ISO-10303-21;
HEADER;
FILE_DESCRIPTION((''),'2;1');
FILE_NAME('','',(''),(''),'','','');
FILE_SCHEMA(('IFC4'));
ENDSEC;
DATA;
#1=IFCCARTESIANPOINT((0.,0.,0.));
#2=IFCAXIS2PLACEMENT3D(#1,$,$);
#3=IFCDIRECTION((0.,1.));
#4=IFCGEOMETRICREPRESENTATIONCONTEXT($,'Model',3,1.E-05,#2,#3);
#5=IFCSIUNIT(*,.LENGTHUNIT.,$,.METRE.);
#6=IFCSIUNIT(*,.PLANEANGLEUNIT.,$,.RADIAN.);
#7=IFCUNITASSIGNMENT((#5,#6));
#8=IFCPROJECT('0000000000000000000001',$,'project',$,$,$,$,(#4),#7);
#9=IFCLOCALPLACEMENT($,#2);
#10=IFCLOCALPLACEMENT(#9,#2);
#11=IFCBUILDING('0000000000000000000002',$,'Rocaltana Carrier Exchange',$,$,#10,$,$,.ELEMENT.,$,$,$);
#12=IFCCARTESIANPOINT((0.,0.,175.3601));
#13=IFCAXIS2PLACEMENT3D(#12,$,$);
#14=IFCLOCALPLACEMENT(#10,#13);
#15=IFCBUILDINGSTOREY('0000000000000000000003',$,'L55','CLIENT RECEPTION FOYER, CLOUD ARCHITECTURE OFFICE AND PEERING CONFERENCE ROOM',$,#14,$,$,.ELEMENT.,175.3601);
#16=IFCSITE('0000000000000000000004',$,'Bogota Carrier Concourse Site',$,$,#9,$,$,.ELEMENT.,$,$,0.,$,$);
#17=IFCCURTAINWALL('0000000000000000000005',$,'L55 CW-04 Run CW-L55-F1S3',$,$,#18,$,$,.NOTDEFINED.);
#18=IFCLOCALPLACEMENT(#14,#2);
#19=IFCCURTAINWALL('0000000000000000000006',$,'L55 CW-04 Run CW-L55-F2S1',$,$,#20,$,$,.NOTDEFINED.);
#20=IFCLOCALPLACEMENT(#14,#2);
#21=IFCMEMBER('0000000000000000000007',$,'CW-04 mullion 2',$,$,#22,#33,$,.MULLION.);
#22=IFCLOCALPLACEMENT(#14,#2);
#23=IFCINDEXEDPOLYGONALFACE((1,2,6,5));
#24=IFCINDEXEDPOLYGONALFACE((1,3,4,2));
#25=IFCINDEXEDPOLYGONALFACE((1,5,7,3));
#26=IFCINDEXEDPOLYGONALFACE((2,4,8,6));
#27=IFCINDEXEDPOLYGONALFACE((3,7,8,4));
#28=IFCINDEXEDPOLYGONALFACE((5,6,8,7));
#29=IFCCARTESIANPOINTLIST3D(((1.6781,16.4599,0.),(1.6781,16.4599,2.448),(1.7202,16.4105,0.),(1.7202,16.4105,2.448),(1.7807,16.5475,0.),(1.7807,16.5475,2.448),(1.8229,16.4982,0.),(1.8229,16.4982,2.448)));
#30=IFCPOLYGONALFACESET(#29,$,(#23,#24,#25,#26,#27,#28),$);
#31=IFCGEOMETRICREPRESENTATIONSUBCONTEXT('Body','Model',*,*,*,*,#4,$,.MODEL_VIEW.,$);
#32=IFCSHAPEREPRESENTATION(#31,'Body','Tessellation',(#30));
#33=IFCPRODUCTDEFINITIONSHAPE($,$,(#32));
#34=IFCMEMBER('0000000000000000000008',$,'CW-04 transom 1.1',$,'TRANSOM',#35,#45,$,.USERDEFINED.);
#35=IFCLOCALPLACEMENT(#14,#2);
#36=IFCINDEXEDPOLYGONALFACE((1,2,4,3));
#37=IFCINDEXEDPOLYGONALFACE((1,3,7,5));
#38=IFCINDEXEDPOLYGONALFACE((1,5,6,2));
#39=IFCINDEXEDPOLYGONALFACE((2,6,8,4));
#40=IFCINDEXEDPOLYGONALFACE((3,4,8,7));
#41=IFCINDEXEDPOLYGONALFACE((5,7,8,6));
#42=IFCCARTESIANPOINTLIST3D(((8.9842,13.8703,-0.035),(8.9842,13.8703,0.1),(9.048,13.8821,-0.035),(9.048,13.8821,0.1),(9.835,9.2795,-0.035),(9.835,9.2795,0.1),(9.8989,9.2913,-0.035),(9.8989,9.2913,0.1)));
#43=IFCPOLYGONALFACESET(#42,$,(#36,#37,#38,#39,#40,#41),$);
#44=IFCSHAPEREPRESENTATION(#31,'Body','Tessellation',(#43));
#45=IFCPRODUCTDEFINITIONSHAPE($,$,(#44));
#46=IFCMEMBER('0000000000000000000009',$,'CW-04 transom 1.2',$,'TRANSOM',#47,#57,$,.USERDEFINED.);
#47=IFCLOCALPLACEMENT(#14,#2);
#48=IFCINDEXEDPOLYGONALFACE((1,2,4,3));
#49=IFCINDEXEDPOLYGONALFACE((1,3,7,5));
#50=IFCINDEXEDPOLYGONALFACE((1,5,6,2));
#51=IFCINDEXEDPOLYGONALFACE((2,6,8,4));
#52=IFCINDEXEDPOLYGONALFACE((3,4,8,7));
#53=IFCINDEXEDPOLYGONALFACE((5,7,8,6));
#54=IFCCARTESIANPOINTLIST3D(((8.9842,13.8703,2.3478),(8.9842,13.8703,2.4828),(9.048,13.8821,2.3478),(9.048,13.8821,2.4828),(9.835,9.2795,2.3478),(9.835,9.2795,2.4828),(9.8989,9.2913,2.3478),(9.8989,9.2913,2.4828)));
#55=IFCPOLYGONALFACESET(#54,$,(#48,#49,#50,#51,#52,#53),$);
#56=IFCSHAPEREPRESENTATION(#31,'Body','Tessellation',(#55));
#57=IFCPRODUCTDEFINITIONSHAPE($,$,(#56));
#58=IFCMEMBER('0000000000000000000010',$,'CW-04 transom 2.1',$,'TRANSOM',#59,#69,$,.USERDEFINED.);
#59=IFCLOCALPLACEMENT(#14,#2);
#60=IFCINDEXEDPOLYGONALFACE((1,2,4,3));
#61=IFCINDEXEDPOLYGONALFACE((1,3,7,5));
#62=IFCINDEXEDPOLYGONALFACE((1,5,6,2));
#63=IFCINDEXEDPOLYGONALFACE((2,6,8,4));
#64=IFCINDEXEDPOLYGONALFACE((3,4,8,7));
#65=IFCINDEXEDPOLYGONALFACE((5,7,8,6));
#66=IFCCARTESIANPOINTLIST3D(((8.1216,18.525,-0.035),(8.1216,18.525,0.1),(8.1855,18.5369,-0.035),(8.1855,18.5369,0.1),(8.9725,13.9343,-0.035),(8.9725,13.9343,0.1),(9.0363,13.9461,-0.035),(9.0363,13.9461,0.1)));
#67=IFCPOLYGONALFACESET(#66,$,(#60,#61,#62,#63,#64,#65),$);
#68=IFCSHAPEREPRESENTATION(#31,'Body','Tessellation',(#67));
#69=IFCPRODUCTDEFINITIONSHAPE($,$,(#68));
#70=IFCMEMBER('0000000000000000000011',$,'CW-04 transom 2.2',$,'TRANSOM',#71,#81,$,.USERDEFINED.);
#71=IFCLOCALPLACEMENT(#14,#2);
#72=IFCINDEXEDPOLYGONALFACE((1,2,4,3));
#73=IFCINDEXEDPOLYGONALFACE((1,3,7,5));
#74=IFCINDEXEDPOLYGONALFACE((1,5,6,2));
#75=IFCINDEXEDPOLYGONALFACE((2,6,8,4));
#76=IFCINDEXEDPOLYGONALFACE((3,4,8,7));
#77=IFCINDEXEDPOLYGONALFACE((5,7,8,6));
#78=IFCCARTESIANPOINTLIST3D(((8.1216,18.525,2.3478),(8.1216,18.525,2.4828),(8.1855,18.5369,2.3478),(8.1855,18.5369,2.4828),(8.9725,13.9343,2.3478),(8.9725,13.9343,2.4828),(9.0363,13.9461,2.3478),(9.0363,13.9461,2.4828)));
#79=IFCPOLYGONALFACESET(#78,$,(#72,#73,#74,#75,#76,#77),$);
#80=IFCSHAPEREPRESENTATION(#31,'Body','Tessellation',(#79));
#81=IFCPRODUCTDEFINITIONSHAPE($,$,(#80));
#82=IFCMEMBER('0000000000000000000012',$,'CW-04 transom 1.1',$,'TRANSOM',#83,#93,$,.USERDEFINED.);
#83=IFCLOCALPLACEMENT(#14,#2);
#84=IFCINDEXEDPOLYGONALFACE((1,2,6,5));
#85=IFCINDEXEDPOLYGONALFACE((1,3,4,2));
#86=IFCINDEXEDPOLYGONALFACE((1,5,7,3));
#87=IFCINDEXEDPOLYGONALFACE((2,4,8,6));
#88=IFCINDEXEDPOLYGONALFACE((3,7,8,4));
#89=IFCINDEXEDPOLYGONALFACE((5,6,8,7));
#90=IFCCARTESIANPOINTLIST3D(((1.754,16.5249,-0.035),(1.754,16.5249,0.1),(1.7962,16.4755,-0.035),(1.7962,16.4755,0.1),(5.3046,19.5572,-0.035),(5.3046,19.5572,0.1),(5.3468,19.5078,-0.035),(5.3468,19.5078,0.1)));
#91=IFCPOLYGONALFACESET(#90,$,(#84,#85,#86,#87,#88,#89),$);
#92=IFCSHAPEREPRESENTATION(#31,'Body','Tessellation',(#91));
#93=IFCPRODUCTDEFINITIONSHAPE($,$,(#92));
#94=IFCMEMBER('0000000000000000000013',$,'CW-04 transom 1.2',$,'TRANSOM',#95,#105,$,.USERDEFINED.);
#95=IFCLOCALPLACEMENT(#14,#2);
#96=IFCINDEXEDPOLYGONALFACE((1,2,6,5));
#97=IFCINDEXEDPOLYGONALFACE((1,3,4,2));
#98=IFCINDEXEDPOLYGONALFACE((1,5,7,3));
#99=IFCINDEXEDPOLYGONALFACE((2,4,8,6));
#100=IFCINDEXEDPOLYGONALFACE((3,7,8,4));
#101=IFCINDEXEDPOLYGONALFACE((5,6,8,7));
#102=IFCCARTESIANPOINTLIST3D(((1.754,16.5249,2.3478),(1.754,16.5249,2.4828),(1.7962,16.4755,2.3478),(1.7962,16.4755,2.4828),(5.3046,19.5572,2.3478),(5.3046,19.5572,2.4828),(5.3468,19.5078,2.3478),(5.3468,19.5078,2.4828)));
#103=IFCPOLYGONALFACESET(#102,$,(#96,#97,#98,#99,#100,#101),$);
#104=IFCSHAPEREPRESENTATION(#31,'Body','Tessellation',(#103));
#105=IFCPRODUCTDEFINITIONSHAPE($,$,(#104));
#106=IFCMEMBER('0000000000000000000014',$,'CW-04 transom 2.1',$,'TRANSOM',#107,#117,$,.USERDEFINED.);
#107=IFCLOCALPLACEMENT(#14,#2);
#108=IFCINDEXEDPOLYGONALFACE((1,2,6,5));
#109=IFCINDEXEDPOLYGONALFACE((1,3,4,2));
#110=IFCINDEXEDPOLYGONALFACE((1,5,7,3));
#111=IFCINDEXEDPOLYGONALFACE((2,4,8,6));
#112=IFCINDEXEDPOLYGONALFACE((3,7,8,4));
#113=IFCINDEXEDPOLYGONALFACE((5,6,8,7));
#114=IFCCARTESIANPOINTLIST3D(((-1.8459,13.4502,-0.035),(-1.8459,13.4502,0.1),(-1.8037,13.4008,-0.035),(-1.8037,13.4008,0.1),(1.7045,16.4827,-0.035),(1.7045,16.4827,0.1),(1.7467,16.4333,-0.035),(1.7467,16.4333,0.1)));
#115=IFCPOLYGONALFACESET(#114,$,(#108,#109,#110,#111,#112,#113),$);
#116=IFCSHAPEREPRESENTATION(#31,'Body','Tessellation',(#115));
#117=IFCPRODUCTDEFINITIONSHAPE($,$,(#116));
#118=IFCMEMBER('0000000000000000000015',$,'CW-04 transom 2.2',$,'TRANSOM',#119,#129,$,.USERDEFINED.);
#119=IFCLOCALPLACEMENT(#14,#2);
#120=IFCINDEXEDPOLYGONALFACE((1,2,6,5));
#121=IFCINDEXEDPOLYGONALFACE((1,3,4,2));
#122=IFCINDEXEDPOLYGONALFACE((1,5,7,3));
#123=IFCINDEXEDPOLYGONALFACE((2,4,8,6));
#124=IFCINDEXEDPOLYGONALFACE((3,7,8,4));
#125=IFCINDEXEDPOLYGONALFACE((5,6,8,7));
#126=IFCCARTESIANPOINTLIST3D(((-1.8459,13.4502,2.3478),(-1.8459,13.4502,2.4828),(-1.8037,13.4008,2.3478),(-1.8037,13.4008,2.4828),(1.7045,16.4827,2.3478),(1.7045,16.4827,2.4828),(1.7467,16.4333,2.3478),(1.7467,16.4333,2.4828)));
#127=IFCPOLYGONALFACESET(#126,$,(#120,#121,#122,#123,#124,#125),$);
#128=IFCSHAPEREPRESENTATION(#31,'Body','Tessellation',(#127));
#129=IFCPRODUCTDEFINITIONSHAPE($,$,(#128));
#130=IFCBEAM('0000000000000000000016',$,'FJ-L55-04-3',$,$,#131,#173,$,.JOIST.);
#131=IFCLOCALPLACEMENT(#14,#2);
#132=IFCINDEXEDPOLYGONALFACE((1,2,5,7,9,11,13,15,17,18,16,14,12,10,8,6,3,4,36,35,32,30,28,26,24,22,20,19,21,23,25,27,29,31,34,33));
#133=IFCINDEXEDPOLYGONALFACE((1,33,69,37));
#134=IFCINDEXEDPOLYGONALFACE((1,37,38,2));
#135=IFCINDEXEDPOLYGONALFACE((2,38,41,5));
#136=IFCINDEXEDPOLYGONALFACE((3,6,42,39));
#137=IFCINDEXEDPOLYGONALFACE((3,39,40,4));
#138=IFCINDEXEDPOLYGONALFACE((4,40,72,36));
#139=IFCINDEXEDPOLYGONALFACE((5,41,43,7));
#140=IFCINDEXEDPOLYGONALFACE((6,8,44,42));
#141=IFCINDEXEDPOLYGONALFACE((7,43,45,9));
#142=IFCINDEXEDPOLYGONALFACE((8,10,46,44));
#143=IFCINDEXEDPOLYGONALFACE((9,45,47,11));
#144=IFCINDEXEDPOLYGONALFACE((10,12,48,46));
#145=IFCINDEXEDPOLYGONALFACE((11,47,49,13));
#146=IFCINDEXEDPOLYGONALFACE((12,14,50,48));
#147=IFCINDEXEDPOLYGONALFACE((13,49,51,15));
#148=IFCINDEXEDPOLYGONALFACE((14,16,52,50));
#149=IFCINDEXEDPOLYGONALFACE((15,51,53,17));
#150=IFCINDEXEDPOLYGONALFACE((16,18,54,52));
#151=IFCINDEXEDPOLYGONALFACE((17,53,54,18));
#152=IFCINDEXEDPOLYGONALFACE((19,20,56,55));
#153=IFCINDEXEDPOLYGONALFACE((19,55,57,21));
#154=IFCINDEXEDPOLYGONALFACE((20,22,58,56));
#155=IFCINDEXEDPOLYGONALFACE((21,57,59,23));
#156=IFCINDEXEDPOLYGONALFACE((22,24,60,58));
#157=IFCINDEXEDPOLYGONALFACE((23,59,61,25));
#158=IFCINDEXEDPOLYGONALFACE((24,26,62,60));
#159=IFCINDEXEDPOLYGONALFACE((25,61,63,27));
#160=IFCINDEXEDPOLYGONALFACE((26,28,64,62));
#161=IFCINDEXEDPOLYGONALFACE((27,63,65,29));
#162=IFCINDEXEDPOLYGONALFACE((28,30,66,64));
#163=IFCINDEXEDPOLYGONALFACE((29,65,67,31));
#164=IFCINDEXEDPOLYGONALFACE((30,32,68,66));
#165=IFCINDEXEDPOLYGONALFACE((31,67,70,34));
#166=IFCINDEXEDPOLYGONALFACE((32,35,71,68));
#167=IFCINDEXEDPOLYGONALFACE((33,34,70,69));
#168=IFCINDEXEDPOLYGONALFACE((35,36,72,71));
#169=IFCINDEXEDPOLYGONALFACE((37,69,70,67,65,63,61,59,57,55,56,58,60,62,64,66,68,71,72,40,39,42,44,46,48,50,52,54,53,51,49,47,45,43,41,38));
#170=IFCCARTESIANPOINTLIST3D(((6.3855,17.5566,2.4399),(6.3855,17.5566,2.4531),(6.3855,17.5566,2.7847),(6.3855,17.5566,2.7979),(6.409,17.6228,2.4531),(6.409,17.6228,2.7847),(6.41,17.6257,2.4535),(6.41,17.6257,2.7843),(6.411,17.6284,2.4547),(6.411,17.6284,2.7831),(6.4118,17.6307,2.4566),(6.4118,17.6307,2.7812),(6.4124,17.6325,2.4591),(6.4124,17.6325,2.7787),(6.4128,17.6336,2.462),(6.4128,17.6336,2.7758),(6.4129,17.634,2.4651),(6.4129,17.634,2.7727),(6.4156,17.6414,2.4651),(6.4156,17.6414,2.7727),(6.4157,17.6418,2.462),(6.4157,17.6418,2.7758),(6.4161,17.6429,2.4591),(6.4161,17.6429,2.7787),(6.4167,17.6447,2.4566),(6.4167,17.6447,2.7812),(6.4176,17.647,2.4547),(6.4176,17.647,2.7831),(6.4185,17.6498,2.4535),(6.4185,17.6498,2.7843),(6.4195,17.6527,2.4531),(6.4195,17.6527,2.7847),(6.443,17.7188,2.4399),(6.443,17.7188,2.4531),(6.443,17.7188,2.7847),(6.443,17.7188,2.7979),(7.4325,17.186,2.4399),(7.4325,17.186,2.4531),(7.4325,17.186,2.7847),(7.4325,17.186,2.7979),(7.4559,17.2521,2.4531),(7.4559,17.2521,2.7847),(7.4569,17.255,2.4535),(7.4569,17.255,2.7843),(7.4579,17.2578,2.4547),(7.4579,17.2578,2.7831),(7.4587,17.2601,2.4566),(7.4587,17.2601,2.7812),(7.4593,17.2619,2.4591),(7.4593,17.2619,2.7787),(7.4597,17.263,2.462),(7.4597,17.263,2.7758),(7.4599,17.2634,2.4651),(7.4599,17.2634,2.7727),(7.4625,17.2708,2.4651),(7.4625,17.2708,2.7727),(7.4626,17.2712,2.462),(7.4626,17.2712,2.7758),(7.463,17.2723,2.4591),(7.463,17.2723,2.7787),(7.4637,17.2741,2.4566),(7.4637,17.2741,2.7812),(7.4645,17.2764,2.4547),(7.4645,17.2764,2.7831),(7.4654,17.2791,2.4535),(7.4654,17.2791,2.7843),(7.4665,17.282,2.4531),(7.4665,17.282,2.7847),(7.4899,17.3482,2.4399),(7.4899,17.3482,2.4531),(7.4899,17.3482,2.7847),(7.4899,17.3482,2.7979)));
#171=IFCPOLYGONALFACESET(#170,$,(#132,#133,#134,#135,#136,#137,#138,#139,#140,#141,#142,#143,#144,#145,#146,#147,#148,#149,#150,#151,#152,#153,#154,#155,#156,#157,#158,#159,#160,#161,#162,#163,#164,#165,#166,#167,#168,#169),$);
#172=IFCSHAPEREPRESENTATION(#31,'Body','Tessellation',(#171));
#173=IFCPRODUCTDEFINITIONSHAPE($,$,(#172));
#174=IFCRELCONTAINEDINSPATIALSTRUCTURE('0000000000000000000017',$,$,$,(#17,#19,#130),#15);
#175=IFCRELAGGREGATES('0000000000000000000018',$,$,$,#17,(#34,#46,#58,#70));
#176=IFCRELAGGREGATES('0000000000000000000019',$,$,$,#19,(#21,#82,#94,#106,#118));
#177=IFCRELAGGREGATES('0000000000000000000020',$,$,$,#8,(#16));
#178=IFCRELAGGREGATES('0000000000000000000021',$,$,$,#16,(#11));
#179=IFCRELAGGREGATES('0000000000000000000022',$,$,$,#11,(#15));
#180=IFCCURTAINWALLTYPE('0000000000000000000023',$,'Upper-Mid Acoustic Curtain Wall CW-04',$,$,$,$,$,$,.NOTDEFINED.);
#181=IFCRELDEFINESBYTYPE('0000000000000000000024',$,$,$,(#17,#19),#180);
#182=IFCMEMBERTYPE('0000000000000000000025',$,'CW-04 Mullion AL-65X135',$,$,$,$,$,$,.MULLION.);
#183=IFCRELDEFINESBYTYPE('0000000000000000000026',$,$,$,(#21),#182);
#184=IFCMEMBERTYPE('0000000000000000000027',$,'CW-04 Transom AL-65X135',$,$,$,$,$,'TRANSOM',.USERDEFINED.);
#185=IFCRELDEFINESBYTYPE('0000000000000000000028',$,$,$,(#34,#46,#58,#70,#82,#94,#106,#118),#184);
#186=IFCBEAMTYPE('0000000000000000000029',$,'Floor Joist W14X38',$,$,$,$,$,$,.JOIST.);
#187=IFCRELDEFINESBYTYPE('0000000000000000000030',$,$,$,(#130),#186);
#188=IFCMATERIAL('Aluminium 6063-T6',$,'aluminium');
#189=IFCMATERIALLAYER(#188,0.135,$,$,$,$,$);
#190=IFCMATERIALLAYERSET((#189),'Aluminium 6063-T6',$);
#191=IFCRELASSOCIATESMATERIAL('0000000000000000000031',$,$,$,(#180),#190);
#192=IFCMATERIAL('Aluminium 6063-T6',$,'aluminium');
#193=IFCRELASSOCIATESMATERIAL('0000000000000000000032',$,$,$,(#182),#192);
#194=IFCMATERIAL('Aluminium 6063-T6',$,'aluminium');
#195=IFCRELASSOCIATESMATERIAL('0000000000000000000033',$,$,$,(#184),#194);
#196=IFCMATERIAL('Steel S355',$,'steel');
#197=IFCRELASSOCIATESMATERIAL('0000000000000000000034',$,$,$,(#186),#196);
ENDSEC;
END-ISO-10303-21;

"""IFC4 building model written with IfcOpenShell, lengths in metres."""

from ifc_helpers import new_model, si_unit, direction, frame, origin, origin_2d, place, context, subcontext, project, spatial, rectangle, i_section, extrude, material, layer, layer_set, material_profile, profile_set, type_object, element, aggregate, save


model = new_model("IFC4")

# Units and contexts
model_context = context("Model", 3, precision=1e-05, world=origin(), true_north=direction((0.0, 1.0)))
body_context = subcontext(model_context, "Body", "Model", "MODEL_VIEW")
ifc_project = project(units=[si_unit("LENGTHUNIT", "METRE"), si_unit("PLANEANGLEUNIT", "RADIAN")], contexts=[model_context])

# Site, building, storey
site_placement = place(None, origin())
site = spatial("IfcSite", under=ifc_project, at=site_placement, Name="Bogota Carrier Concourse Site", CompositionType="ELEMENT", RefElevation=0.0)
building_placement = place(site_placement, origin())
building = spatial("IfcBuilding", under=site, at=building_placement, Name="Rocaltana Carrier Exchange", CompositionType="ELEMENT")
storey_placement = place(building_placement, frame((0.0, 0.0, 175.3601)))
storey = spatial("IfcBuildingStorey", under=building, at=storey_placement, Name="L55", Description="CLIENT RECEPTION FOYER, CLOUD ARCHITECTURE OFFICE AND PEERING CONFERENCE ROOM", CompositionType="ELEMENT", Elevation=175.3601)

# Curtain walls, member
ifc_material_1 = material(Name="Aluminium 6063-T6", Category="aluminium")
ifc_layer_1 = layer(ifc_material_1, 0.135)
ifc_layer_set_1 = layer_set([ifc_layer_1], Name="Aluminium 6063-T6")
curtain_wall_type = type_object("IfcCurtainWallType", Name="Upper-Mid Acoustic Curtain Wall CW-04", PredefinedType="NOTDEFINED", material=ifc_layer_set_1)
curtain_wall_1_placement = place(storey_placement, origin())
curtain_wall_1 = element("IfcCurtainWall", 1, at=curtain_wall_1_placement, inside=storey, type_object=curtain_wall_type, Name="L55 CW-04 Run CW-L55-F1S3", PredefinedType="NOTDEFINED")
ifc_material_2 = material(Name="Aluminium 6063-T6", Category="aluminium")
ifc_material_profile_1 = material_profile(ifc_material_2, rectangle(XDim=0.0649, YDim=0.135, at=origin_2d()), Name="AL-65X135")
ifc_profile_set_1 = profile_set([ifc_material_profile_1], Name="Aluminium 6063-T6")
member_type_1 = type_object("IfcMemberType", Name="CW-04 Mullion AL-65X135", PredefinedType="MULLION", material=ifc_profile_set_1)
curtain_wall_2_placement = place(storey_placement, origin())
curtain_wall_2 = element("IfcCurtainWall", 2, at=curtain_wall_2_placement, inside=storey, type_object=curtain_wall_type, Name="L55 CW-04 Run CW-L55-F2S1", PredefinedType="NOTDEFINED")
member_1_placement = place(storey_placement, frame((1.7505, 16.479, 0.0), z_axis=(0.0, 0.0, 1.0), x_axis=(0.649448, -0.760406, 0.0)))
member_1 = element("IfcMember", 3, at=member_1_placement, type_object=member_type_1, Name="CW-04 mullion 2", PredefinedType="MULLION", context=body_context, shape_type="SweptSolid", body=[
    extrude(rectangle(XDim=0.0649, YDim=0.135, at=origin_2d()), origin(), (0.0, 0.0, 1.0), 2.448),
])

# Members
ifc_material_3 = material(Name="Aluminium 6063-T6", Category="aluminium")
ifc_material_profile_2 = material_profile(ifc_material_3, rectangle(XDim=0.0649, YDim=0.135, at=origin_2d()), Name="AL-65X135")
ifc_profile_set_2 = profile_set([ifc_material_profile_2], Name="Aluminium 6063-T6")
member_type_2 = type_object("IfcMemberType", Name="CW-04 Transom AL-65X135", ElementType="TRANSOM", PredefinedType="USERDEFINED", material=ifc_profile_set_2)
member_2_placement = place(storey_placement, frame((9.8669, 9.2854, 0.0325), z_axis=(-0.18223, 0.983256, 0.0), x_axis=(-0.983256, -0.18223, 0.0)))
member_2 = element("IfcMember", 4, at=member_2_placement, type_object=member_type_2, Name="CW-04 transom 1.1", ObjectType="TRANSOM", PredefinedType="USERDEFINED", context=body_context, shape_type="SweptSolid", body=[
    extrude(rectangle(XDim=0.0649, YDim=0.135, at=origin_2d()), origin(), (0.0, 0.0, 1.0), 4.6689),
])
member_3_placement = place(storey_placement, frame((9.8669, 9.2854, 2.4153), z_axis=(-0.18223, 0.983256, 0.0), x_axis=(-0.983256, -0.18223, 0.0)))
member_3 = element("IfcMember", 5, at=member_3_placement, type_object=member_type_2, Name="CW-04 transom 1.2", ObjectType="TRANSOM", PredefinedType="USERDEFINED", context=body_context, shape_type="SweptSolid", body=[
    extrude(rectangle(XDim=0.0649, YDim=0.135, at=origin_2d()), origin(), (0.0, 0.0, 1.0), 4.6689),
])
member_4_placement = place(storey_placement, frame((9.0044, 13.9402, 0.0325), z_axis=(-0.18223, 0.983256, 0.0), x_axis=(-0.983256, -0.18223, 0.0)))
member_4 = element("IfcMember", 6, at=member_4_placement, type_object=member_type_2, Name="CW-04 transom 2.1", ObjectType="TRANSOM", PredefinedType="USERDEFINED", context=body_context, shape_type="SweptSolid", body=[
    extrude(rectangle(XDim=0.0649, YDim=0.135, at=origin_2d()), origin(), (0.0, 0.0, 1.0), 4.6689),
])
member_5_placement = place(storey_placement, frame((9.0044, 13.9402, 2.4153), z_axis=(-0.18223, 0.983256, 0.0), x_axis=(-0.983256, -0.18223, 0.0)))
member_5 = element("IfcMember", 7, at=member_5_placement, type_object=member_type_2, Name="CW-04 transom 2.2", ObjectType="TRANSOM", PredefinedType="USERDEFINED", context=body_context, shape_type="SweptSolid", body=[
    extrude(rectangle(XDim=0.0649, YDim=0.135, at=origin_2d()), origin(), (0.0, 0.0, 1.0), 4.6689),
])
member_6_placement = place(storey_placement, frame((5.3257, 19.5325, 0.0325), z_axis=(-0.760429, -0.649421, 0.0), x_axis=(0.649421, -0.760429, 0.0)))
member_6 = element("IfcMember", 8, at=member_6_placement, type_object=member_type_2, Name="CW-04 transom 1.1", ObjectType="TRANSOM", PredefinedType="USERDEFINED", context=body_context, shape_type="SweptSolid", body=[
    extrude(rectangle(XDim=0.0649, YDim=0.135, at=origin_2d()), origin(), (0.0, 0.0, 1.0), 4.6692),
])
member_7_placement = place(storey_placement, frame((5.3257, 19.5325, 2.4153), z_axis=(-0.760429, -0.649421, 0.0), x_axis=(0.649421, -0.760429, 0.0)))
member_7 = element("IfcMember", 9, at=member_7_placement, type_object=member_type_2, Name="CW-04 transom 1.2", ObjectType="TRANSOM", PredefinedType="USERDEFINED", context=body_context, shape_type="SweptSolid", body=[
    extrude(rectangle(XDim=0.0649, YDim=0.135, at=origin_2d()), origin(), (0.0, 0.0, 1.0), 4.6692),
])
member_8_placement = place(storey_placement, frame((1.7256, 16.458, 0.0325), z_axis=(-0.760381, -0.649477, 0.0), x_axis=(0.649477, -0.760381, 0.0)))
member_8 = element("IfcMember", 10, at=member_8_placement, type_object=member_type_2, Name="CW-04 transom 2.1", ObjectType="TRANSOM", PredefinedType="USERDEFINED", context=body_context, shape_type="SweptSolid", body=[
    extrude(rectangle(XDim=0.0649, YDim=0.135, at=origin_2d()), origin(), (0.0, 0.0, 1.0), 4.6692),
])
member_9_placement = place(storey_placement, frame((1.7256, 16.458, 2.4153), z_axis=(-0.760381, -0.649477, 0.0), x_axis=(0.649477, -0.760381, 0.0)))
member_9 = element("IfcMember", 11, at=member_9_placement, type_object=member_type_2, Name="CW-04 transom 2.2", ObjectType="TRANSOM", PredefinedType="USERDEFINED", context=body_context, shape_type="SweptSolid", body=[
    extrude(rectangle(XDim=0.0649, YDim=0.135, at=origin_2d()), origin(), (0.0, 0.0, 1.0), 4.6692),
])

# Beam
ifc_material_4 = material(Name="Steel S355", Category="steel")
ifc_material_profile_3 = material_profile(ifc_material_4, i_section(OverallWidth=0.1721, OverallDepth=0.3579, WebThickness=0.0078, FlangeThickness=0.0132, FilletRadius=0.012, at=origin_2d()), Name="W14X38")
ifc_profile_set_3 = profile_set([ifc_material_profile_3], Name="Steel S355")
beam_type_1 = type_object("IfcBeamType", Name="Floor Joist W14X38", PredefinedType="JOIST", material=ifc_profile_set_3)
beam_1_placement = place(storey_placement, frame((7.4612, 17.2671, 2.6189), z_axis=(-0.942673, 0.333717, 0.0), x_axis=(-0.333717, -0.942673, 0.0)))
element("IfcBeam", 12, at=beam_1_placement, inside=storey, type_object=beam_type_1, Name="FJ-L55-04-3", PredefinedType="JOIST", context=body_context, shape_type="SweptSolid", body=[
    extrude(i_section(OverallWidth=0.1721, OverallDepth=0.3579, WebThickness=0.0078, FlangeThickness=0.0132, FilletRadius=0.012, at=origin_2d()), origin(), (0.0, 0.0, 1.0), 1.1106),
])

aggregate(curtain_wall_1, [member_2, member_3, member_4, member_5])
aggregate(curtain_wall_2, [member_1, member_6, member_7, member_8, member_9])

save(model, "model.ifc")
